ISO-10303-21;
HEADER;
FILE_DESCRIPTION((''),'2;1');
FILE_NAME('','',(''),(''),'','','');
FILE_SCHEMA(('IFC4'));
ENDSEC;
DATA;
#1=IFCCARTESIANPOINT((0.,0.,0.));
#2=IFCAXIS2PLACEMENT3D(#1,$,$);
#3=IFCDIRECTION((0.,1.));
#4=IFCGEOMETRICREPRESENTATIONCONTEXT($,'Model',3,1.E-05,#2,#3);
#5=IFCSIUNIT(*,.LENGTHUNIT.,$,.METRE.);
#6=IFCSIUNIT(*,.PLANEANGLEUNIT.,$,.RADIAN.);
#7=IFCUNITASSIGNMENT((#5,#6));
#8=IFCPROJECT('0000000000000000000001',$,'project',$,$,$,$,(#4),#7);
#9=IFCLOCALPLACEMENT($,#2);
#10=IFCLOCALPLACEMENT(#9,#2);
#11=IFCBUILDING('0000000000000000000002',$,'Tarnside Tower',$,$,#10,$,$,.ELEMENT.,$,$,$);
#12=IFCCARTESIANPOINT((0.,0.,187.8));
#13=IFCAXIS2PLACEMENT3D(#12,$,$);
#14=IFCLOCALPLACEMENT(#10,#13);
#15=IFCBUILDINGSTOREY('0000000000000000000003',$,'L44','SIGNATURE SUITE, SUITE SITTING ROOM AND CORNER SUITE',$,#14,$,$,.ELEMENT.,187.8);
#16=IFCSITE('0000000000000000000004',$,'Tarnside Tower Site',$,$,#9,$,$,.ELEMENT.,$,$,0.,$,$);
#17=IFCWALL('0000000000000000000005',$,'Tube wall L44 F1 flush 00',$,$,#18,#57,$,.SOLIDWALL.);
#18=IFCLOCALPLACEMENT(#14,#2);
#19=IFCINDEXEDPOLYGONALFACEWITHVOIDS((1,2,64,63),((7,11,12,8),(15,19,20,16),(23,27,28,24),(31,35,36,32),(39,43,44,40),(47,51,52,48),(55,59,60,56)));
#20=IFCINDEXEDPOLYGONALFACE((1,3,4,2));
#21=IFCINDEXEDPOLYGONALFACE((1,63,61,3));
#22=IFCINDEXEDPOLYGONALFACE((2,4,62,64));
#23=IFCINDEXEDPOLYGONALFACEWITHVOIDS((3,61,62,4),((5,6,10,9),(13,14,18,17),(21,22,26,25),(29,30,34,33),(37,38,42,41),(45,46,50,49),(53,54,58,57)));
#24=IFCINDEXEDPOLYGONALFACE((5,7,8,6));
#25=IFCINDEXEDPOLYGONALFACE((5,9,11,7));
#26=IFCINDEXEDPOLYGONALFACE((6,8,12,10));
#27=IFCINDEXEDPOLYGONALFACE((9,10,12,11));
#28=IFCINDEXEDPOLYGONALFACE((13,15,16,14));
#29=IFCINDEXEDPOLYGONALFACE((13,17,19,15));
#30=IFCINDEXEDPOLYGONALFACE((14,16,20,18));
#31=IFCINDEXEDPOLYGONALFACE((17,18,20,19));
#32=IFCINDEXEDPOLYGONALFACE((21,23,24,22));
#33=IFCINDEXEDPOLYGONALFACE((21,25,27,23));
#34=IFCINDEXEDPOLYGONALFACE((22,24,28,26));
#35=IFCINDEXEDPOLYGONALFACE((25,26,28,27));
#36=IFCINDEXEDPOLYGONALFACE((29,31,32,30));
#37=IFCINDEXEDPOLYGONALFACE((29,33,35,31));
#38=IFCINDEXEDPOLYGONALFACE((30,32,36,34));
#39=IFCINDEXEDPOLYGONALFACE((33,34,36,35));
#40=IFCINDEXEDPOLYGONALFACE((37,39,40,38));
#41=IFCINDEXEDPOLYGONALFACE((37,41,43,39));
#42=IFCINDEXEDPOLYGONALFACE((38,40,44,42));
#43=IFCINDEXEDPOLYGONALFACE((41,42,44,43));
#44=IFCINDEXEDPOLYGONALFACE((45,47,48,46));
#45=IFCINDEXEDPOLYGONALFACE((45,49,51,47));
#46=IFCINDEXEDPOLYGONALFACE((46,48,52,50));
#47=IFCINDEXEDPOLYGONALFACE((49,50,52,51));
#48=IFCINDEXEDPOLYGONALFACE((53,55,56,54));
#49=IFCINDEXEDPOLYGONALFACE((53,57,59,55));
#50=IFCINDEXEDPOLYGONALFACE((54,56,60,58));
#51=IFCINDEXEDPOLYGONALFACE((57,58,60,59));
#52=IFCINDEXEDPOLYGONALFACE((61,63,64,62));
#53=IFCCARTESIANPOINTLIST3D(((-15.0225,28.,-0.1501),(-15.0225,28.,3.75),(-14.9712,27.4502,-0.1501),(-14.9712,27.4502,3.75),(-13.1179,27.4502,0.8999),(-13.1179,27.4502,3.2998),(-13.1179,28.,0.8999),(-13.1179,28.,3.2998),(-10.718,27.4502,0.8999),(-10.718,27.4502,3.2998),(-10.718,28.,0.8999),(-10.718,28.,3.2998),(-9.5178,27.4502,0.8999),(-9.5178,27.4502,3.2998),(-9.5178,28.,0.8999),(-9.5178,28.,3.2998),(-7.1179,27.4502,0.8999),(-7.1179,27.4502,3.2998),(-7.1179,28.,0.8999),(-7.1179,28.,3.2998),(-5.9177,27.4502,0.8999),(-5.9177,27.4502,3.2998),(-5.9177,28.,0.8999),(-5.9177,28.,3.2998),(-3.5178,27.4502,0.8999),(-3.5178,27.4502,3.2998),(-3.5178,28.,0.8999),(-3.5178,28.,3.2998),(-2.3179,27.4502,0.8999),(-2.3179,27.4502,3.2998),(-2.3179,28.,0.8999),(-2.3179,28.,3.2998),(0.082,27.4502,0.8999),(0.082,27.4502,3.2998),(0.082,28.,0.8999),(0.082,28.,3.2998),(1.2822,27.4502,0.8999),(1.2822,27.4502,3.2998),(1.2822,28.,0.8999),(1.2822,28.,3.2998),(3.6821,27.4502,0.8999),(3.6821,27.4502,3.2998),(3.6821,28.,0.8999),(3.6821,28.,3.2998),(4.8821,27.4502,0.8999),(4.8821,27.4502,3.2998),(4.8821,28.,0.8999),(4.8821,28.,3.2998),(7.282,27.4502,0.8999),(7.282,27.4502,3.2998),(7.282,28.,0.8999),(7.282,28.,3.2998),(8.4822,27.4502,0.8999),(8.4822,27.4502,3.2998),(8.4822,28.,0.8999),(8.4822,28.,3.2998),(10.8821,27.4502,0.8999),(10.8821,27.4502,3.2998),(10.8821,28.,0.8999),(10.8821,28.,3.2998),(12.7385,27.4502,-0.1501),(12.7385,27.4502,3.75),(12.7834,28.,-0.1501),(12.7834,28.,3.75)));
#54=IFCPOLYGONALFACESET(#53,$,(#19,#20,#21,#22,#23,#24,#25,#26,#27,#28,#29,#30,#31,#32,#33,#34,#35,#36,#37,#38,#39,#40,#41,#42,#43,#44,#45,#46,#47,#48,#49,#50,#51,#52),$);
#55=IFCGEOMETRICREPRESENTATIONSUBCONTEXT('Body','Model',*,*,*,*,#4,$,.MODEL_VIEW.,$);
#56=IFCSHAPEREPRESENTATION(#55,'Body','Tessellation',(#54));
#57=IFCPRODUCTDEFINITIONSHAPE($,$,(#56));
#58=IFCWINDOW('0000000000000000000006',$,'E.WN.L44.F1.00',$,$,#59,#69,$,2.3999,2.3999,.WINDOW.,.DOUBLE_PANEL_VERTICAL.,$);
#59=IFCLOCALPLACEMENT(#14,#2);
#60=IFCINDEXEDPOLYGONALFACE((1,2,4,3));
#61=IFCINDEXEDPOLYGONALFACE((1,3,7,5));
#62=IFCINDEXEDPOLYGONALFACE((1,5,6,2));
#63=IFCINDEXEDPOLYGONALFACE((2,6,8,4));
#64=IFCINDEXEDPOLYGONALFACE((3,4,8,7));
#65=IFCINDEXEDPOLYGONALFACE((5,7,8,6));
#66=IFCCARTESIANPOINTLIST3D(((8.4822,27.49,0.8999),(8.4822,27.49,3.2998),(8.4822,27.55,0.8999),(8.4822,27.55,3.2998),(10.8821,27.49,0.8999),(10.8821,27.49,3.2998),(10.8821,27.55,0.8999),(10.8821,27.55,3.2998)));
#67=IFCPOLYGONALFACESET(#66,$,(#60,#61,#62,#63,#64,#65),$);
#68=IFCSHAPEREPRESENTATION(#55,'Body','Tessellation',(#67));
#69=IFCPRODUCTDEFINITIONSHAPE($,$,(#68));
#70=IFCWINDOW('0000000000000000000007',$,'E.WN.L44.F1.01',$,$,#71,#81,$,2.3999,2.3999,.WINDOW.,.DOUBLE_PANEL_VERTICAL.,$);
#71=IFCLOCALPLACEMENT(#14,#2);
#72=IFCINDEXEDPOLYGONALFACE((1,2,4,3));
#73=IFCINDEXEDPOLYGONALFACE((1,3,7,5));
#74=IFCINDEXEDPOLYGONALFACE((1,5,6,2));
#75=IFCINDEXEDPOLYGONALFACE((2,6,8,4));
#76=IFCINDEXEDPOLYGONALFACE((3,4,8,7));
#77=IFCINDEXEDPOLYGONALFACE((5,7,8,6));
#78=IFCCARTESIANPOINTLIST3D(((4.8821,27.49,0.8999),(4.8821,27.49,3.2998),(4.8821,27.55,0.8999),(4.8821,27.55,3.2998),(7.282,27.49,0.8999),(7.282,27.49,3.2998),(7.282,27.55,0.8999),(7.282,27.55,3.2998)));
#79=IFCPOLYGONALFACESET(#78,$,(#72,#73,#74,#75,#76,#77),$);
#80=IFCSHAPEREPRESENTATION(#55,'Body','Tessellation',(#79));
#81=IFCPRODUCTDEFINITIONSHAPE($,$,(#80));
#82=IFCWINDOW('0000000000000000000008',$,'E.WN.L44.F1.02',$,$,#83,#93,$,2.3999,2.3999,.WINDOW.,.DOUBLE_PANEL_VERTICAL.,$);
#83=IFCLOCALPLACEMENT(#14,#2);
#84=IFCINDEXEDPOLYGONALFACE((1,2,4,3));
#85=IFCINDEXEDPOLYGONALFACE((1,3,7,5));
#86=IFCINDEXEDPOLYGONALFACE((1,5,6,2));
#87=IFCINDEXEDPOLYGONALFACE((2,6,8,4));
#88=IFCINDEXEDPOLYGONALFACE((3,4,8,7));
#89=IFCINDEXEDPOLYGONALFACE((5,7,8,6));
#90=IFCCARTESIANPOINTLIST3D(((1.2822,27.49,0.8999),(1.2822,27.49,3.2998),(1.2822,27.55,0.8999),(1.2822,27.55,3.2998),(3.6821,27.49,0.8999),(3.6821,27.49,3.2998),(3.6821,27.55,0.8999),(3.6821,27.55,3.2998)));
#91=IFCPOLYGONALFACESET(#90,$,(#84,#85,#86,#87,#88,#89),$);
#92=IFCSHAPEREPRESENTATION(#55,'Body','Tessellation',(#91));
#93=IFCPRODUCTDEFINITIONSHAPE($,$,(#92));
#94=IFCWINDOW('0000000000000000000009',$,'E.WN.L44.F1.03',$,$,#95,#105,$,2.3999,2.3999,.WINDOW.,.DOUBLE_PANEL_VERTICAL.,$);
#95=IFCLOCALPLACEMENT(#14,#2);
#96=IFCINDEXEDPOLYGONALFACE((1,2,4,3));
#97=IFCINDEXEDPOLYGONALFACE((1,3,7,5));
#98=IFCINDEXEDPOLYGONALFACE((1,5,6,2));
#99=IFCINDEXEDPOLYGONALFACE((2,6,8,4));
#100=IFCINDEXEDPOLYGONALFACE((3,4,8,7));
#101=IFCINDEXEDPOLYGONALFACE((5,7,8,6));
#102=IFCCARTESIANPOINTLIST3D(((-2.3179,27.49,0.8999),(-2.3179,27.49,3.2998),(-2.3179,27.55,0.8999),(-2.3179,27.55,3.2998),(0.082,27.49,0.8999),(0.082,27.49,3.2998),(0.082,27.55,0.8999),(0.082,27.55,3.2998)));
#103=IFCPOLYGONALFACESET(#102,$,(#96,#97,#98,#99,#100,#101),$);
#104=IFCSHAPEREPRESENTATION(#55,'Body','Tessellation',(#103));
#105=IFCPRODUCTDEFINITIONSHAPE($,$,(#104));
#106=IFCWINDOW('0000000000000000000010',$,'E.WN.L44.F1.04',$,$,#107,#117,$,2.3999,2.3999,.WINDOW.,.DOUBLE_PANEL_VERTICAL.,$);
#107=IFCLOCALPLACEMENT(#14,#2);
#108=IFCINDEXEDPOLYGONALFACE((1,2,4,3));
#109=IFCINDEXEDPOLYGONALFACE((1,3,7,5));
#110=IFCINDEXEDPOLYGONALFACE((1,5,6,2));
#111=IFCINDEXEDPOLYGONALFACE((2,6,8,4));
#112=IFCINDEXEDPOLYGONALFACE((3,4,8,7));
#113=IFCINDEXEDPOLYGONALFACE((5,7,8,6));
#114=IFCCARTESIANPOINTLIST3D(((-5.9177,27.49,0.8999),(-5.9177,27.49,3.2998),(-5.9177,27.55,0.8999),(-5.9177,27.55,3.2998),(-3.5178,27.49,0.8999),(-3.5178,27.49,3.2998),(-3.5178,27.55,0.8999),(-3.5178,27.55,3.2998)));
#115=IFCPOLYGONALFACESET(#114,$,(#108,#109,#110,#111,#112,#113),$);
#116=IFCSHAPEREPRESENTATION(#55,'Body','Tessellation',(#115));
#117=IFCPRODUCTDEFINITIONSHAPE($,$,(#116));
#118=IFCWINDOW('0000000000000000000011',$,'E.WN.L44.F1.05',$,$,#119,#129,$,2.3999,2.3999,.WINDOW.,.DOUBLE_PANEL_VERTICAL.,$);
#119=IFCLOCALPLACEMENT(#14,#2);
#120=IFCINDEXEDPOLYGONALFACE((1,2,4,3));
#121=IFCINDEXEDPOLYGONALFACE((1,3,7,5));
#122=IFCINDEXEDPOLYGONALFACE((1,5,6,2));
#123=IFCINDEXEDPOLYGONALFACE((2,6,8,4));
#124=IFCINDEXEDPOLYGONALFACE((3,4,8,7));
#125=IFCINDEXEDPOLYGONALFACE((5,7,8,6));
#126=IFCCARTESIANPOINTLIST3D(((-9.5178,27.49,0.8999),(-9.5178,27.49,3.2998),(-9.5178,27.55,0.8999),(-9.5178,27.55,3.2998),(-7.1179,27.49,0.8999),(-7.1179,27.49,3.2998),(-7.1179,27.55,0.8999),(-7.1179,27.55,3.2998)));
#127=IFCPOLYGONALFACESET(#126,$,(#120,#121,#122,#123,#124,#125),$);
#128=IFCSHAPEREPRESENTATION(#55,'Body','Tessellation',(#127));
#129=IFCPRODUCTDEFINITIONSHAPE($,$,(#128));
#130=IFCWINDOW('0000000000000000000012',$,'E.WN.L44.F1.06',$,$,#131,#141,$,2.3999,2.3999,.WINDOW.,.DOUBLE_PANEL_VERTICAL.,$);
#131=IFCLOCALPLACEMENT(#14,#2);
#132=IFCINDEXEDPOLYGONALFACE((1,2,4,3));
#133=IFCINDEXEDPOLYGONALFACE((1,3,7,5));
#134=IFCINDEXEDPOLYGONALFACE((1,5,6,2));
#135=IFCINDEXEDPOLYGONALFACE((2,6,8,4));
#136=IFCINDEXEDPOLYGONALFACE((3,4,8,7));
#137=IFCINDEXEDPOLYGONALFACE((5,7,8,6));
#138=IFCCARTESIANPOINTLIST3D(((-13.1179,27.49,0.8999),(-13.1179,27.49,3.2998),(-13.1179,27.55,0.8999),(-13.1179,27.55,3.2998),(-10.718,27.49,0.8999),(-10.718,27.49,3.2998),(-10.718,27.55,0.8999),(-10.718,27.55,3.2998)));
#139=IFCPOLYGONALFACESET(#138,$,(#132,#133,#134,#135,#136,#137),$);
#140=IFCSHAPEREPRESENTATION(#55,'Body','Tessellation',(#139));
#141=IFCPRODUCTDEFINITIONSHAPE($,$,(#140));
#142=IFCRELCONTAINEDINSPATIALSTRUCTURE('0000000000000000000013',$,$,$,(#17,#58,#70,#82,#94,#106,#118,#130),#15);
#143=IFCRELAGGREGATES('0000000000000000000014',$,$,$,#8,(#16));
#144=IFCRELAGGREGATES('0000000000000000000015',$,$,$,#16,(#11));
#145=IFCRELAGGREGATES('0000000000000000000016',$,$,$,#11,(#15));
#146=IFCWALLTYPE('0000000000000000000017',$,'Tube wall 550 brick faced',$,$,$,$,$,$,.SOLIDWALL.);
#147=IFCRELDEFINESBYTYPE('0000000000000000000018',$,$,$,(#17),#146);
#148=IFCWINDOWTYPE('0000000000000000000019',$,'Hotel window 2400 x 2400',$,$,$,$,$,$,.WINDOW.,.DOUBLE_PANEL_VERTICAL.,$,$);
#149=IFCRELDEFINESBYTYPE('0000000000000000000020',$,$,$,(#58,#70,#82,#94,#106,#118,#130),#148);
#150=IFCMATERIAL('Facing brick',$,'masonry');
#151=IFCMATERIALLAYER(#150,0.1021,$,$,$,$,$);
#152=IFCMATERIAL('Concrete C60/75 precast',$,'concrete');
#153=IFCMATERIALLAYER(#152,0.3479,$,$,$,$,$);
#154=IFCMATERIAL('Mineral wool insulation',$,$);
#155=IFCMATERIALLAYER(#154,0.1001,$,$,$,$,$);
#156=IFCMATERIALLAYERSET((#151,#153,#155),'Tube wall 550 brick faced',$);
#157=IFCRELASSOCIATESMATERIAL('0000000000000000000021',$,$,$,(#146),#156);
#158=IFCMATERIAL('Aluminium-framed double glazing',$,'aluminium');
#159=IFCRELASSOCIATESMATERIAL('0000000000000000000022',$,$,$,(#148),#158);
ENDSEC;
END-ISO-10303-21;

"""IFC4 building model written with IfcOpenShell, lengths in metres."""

from ifc_helpers import new_model, si_unit, direction, frame, frame_2d, origin, place, context, subcontext, project, spatial, polyline, rectangle, outline, extrude, material, layer, layer_set, type_object, element, fill, save


model = new_model("IFC4")

# Units and contexts
model_context = context("Model", 3, precision=1e-05, world=origin(), true_north=direction((0.0, 1.0)))
body_context = subcontext(model_context, "Body", "Model", "MODEL_VIEW")
ifc_project = project(units=[si_unit("LENGTHUNIT", "METRE"), si_unit("PLANEANGLEUNIT", "RADIAN")], contexts=[model_context])

# Site, building, storey
site_placement = place(None, origin())
site = spatial("IfcSite", under=ifc_project, at=site_placement, Name="Tarnside Tower Site", CompositionType="ELEMENT", RefElevation=0.0)
building_placement = place(site_placement, origin())
building = spatial("IfcBuilding", under=site, at=building_placement, Name="Tarnside Tower", CompositionType="ELEMENT")
storey_placement = place(building_placement, frame((0.0, 0.0, 187.8)))
storey = spatial("IfcBuildingStorey", under=building, at=storey_placement, Name="L44", Description="SIGNATURE SUITE, SUITE SITTING ROOM AND CORNER SUITE", CompositionType="ELEMENT", Elevation=187.8)

# Wall, openings, windows
ifc_material_1 = material(Name="Facing brick", Category="masonry")
ifc_layer_1 = layer(ifc_material_1, 0.1021)
ifc_material_2 = material(Name="Concrete C60/75 precast", Category="concrete")
ifc_layer_2 = layer(ifc_material_2, 0.3479)
ifc_material_3 = material(Name="Mineral wool insulation")
ifc_layer_3 = layer(ifc_material_3, 0.1001)
ifc_layer_set_1 = layer_set([ifc_layer_1, ifc_layer_2, ifc_layer_3], Name="Tube wall 550 brick faced")
wall_type_1 = type_object("IfcWallType", Name="Tube wall 550 brick faced", PredefinedType="SOLIDWALL", material=ifc_layer_set_1)
wall_1_placement = place(storey_placement, frame((12.761, 27.7251, -0.1501), z_axis=(0.0, 0.0, 1.0), x_axis=(-1.0, 0.0, 0.0)))
wall_1 = element("IfcWall", 1, at=wall_1_placement, inside=storey, type_object=wall_type_1, Name="Tube wall L44 F1 flush 00", PredefinedType="SOLIDWALL", context=body_context, shape_type="SweptSolid", body=[
    extrude(outline(polyline([(-0.0225, -0.2749), (27.7834, -0.2749), (27.7322, 0.2749), (0.0225, 0.2749), (-0.0225, -0.2749)])), origin(), (0.0, 0.0, 1.0), 3.9001),
])
opening_1_placement = place(wall_1_placement, frame((1.8789, 0.0, 1.05)))
opening_1 = element("IfcOpeningElement", 2, at=opening_1_placement, cuts=wall_1, PredefinedType="OPENING", context=body_context, shape_type="SweptSolid", body=[
    extrude(rectangle(XDim=2.3999, YDim=2.3999, at=frame_2d((1.2, 1.2))), frame((0.0, 0.2852, 0.0), z_axis=(0.0, -1.0, 0.0), x_axis=(1.0, 0.0, 0.0)), (0.0, 0.0, 1.0), 0.5701),
])
opening_2_placement = place(wall_1_placement, frame((5.479, 0.0, 1.05)))
opening_2 = element("IfcOpeningElement", 3, at=opening_2_placement, cuts=wall_1, PredefinedType="OPENING", context=body_context, shape_type="SweptSolid", body=[
    extrude(rectangle(XDim=2.3999, YDim=2.3999, at=frame_2d((1.2, 1.2))), frame((0.0, 0.2852, 0.0), z_axis=(0.0, -1.0, 0.0), x_axis=(1.0, 0.0, 0.0)), (0.0, 0.0, 1.0), 0.5701),
])
opening_3_placement = place(wall_1_placement, frame((9.0789, 0.0, 1.05)))
opening_3 = element("IfcOpeningElement", 4, at=opening_3_placement, cuts=wall_1, PredefinedType="OPENING", context=body_context, shape_type="SweptSolid", body=[
    extrude(rectangle(XDim=2.3999, YDim=2.3999, at=frame_2d((1.2, 1.2))), frame((0.0, 0.2852, 0.0), z_axis=(0.0, -1.0, 0.0), x_axis=(1.0, 0.0, 0.0)), (0.0, 0.0, 1.0), 0.5701),
])
opening_4_placement = place(wall_1_placement, frame((12.679, 0.0, 1.05)))
opening_4 = element("IfcOpeningElement", 5, at=opening_4_placement, cuts=wall_1, PredefinedType="OPENING", context=body_context, shape_type="SweptSolid", body=[
    extrude(rectangle(XDim=2.3999, YDim=2.3999, at=frame_2d((1.2, 1.2))), frame((0.0, 0.2852, 0.0), z_axis=(0.0, -1.0, 0.0), x_axis=(1.0, 0.0, 0.0)), (0.0, 0.0, 1.0), 0.5701),
])
opening_5_placement = place(wall_1_placement, frame((16.2788, 0.0, 1.05)))
opening_5 = element("IfcOpeningElement", 6, at=opening_5_placement, cuts=wall_1, PredefinedType="OPENING", context=body_context, shape_type="SweptSolid", body=[
    extrude(rectangle(XDim=2.3999, YDim=2.3999, at=frame_2d((1.2, 1.2))), frame((0.0, 0.2852, 0.0), z_axis=(0.0, -1.0, 0.0), x_axis=(1.0, 0.0, 0.0)), (0.0, 0.0, 1.0), 0.5701),
])
opening_6_placement = place(wall_1_placement, frame((19.8789, 0.0, 1.05)))
opening_6 = element("IfcOpeningElement", 7, at=opening_6_placement, cuts=wall_1, PredefinedType="OPENING", context=body_context, shape_type="SweptSolid", body=[
    extrude(rectangle(XDim=2.3999, YDim=2.3999, at=frame_2d((1.2, 1.2))), frame((0.0, 0.2852, 0.0), z_axis=(0.0, -1.0, 0.0), x_axis=(1.0, 0.0, 0.0)), (0.0, 0.0, 1.0), 0.5701),
])
opening_7_placement = place(wall_1_placement, frame((23.479, 0.0, 1.05)))
opening_7 = element("IfcOpeningElement", 8, at=opening_7_placement, cuts=wall_1, PredefinedType="OPENING", context=body_context, shape_type="SweptSolid", body=[
    extrude(rectangle(XDim=2.3999, YDim=2.3999, at=frame_2d((1.2, 1.2))), frame((0.0, 0.2852, 0.0), z_axis=(0.0, -1.0, 0.0), x_axis=(1.0, 0.0, 0.0)), (0.0, 0.0, 1.0), 0.5701),
])
ifc_material_4 = material(Name="Aluminium-framed double glazing", Category="aluminium")
window_type = type_object("IfcWindowType", Name="Hotel window 2400 x 2400", PartitioningType="DOUBLE_PANEL_VERTICAL", PredefinedType="WINDOW", material=ifc_material_4)
window_1_placement = place(opening_1_placement, frame((0.0, 0.2051, 0.0)))
window_1 = element("IfcWindow", 9, at=window_1_placement, inside=storey, type_object=window_type, Name="E.WN.L44.F1.00", OverallHeight=2.3999, OverallWidth=2.3999, PartitioningType="DOUBLE_PANEL_VERTICAL", PredefinedType="WINDOW", context=body_context, shape_type="SweptSolid", body=[
    extrude(rectangle(XDim=2.3999, YDim=2.3999, at=frame_2d((1.2, 1.2))), frame((0.0, 0.03, 0.0), z_axis=(0.0, -1.0, 0.0), x_axis=(1.0, 0.0, 0.0)), (0.0, 0.0, 1.0), 0.0601),
])
fill(opening_1, window_1)
window_2_placement = place(opening_2_placement, frame((0.0, 0.2051, 0.0)))
window_2 = element("IfcWindow", 10, at=window_2_placement, inside=storey, type_object=window_type, Name="E.WN.L44.F1.01", OverallHeight=2.3999, OverallWidth=2.3999, PartitioningType="DOUBLE_PANEL_VERTICAL", PredefinedType="WINDOW", context=body_context, shape_type="SweptSolid", body=[
    extrude(rectangle(XDim=2.3999, YDim=2.3999, at=frame_2d((1.2, 1.2))), frame((0.0, 0.03, 0.0), z_axis=(0.0, -1.0, 0.0), x_axis=(1.0, 0.0, 0.0)), (0.0, 0.0, 1.0), 0.0601),
])
fill(opening_2, window_2)
window_3_placement = place(opening_3_placement, frame((0.0, 0.2051, 0.0)))
window_3 = element("IfcWindow", 11, at=window_3_placement, inside=storey, type_object=window_type, Name="E.WN.L44.F1.02", OverallHeight=2.3999, OverallWidth=2.3999, PartitioningType="DOUBLE_PANEL_VERTICAL", PredefinedType="WINDOW", context=body_context, shape_type="SweptSolid", body=[
    extrude(rectangle(XDim=2.3999, YDim=2.3999, at=frame_2d((1.2, 1.2))), frame((0.0, 0.03, 0.0), z_axis=(0.0, -1.0, 0.0), x_axis=(1.0, 0.0, 0.0)), (0.0, 0.0, 1.0), 0.0601),
])
fill(opening_3, window_3)
window_4_placement = place(opening_4_placement, frame((0.0, 0.2051, 0.0)))
window_4 = element("IfcWindow", 12, at=window_4_placement, inside=storey, type_object=window_type, Name="E.WN.L44.F1.03", OverallHeight=2.3999, OverallWidth=2.3999, PartitioningType="DOUBLE_PANEL_VERTICAL", PredefinedType="WINDOW", context=body_context, shape_type="SweptSolid", body=[
    extrude(rectangle(XDim=2.3999, YDim=2.3999, at=frame_2d((1.2, 1.2))), frame((0.0, 0.03, 0.0), z_axis=(0.0, -1.0, 0.0), x_axis=(1.0, 0.0, 0.0)), (0.0, 0.0, 1.0), 0.0601),
])
fill(opening_4, window_4)
window_5_placement = place(opening_5_placement, frame((0.0, 0.2051, 0.0)))
window_5 = element("IfcWindow", 13, at=window_5_placement, inside=storey, type_object=window_type, Name="E.WN.L44.F1.04", OverallHeight=2.3999, OverallWidth=2.3999, PartitioningType="DOUBLE_PANEL_VERTICAL", PredefinedType="WINDOW", context=body_context, shape_type="SweptSolid", body=[
    extrude(rectangle(XDim=2.3999, YDim=2.3999, at=frame_2d((1.2, 1.2))), frame((0.0, 0.03, 0.0), z_axis=(0.0, -1.0, 0.0), x_axis=(1.0, 0.0, 0.0)), (0.0, 0.0, 1.0), 0.0601),
])
fill(opening_5, window_5)
window_6_placement = place(opening_6_placement, frame((0.0, 0.2051, 0.0)))
window_6 = element("IfcWindow", 14, at=window_6_placement, inside=storey, type_object=window_type, Name="E.WN.L44.F1.05", OverallHeight=2.3999, OverallWidth=2.3999, PartitioningType="DOUBLE_PANEL_VERTICAL", PredefinedType="WINDOW", context=body_context, shape_type="SweptSolid", body=[
    extrude(rectangle(XDim=2.3999, YDim=2.3999, at=frame_2d((1.2, 1.2))), frame((0.0, 0.03, 0.0), z_axis=(0.0, -1.0, 0.0), x_axis=(1.0, 0.0, 0.0)), (0.0, 0.0, 1.0), 0.0601),
])
fill(opening_6, window_6)
window_7_placement = place(opening_7_placement, frame((0.0, 0.2051, 0.0)))
window_7 = element("IfcWindow", 15, at=window_7_placement, inside=storey, type_object=window_type, Name="E.WN.L44.F1.06", OverallHeight=2.3999, OverallWidth=2.3999, PartitioningType="DOUBLE_PANEL_VERTICAL", PredefinedType="WINDOW", context=body_context, shape_type="SweptSolid", body=[
    extrude(rectangle(XDim=2.3999, YDim=2.3999, at=frame_2d((1.2, 1.2))), frame((0.0, 0.03, 0.0), z_axis=(0.0, -1.0, 0.0), x_axis=(1.0, 0.0, 0.0)), (0.0, 0.0, 1.0), 0.0601),
])
fill(opening_7, window_7)

save(model, "model.ifc")
